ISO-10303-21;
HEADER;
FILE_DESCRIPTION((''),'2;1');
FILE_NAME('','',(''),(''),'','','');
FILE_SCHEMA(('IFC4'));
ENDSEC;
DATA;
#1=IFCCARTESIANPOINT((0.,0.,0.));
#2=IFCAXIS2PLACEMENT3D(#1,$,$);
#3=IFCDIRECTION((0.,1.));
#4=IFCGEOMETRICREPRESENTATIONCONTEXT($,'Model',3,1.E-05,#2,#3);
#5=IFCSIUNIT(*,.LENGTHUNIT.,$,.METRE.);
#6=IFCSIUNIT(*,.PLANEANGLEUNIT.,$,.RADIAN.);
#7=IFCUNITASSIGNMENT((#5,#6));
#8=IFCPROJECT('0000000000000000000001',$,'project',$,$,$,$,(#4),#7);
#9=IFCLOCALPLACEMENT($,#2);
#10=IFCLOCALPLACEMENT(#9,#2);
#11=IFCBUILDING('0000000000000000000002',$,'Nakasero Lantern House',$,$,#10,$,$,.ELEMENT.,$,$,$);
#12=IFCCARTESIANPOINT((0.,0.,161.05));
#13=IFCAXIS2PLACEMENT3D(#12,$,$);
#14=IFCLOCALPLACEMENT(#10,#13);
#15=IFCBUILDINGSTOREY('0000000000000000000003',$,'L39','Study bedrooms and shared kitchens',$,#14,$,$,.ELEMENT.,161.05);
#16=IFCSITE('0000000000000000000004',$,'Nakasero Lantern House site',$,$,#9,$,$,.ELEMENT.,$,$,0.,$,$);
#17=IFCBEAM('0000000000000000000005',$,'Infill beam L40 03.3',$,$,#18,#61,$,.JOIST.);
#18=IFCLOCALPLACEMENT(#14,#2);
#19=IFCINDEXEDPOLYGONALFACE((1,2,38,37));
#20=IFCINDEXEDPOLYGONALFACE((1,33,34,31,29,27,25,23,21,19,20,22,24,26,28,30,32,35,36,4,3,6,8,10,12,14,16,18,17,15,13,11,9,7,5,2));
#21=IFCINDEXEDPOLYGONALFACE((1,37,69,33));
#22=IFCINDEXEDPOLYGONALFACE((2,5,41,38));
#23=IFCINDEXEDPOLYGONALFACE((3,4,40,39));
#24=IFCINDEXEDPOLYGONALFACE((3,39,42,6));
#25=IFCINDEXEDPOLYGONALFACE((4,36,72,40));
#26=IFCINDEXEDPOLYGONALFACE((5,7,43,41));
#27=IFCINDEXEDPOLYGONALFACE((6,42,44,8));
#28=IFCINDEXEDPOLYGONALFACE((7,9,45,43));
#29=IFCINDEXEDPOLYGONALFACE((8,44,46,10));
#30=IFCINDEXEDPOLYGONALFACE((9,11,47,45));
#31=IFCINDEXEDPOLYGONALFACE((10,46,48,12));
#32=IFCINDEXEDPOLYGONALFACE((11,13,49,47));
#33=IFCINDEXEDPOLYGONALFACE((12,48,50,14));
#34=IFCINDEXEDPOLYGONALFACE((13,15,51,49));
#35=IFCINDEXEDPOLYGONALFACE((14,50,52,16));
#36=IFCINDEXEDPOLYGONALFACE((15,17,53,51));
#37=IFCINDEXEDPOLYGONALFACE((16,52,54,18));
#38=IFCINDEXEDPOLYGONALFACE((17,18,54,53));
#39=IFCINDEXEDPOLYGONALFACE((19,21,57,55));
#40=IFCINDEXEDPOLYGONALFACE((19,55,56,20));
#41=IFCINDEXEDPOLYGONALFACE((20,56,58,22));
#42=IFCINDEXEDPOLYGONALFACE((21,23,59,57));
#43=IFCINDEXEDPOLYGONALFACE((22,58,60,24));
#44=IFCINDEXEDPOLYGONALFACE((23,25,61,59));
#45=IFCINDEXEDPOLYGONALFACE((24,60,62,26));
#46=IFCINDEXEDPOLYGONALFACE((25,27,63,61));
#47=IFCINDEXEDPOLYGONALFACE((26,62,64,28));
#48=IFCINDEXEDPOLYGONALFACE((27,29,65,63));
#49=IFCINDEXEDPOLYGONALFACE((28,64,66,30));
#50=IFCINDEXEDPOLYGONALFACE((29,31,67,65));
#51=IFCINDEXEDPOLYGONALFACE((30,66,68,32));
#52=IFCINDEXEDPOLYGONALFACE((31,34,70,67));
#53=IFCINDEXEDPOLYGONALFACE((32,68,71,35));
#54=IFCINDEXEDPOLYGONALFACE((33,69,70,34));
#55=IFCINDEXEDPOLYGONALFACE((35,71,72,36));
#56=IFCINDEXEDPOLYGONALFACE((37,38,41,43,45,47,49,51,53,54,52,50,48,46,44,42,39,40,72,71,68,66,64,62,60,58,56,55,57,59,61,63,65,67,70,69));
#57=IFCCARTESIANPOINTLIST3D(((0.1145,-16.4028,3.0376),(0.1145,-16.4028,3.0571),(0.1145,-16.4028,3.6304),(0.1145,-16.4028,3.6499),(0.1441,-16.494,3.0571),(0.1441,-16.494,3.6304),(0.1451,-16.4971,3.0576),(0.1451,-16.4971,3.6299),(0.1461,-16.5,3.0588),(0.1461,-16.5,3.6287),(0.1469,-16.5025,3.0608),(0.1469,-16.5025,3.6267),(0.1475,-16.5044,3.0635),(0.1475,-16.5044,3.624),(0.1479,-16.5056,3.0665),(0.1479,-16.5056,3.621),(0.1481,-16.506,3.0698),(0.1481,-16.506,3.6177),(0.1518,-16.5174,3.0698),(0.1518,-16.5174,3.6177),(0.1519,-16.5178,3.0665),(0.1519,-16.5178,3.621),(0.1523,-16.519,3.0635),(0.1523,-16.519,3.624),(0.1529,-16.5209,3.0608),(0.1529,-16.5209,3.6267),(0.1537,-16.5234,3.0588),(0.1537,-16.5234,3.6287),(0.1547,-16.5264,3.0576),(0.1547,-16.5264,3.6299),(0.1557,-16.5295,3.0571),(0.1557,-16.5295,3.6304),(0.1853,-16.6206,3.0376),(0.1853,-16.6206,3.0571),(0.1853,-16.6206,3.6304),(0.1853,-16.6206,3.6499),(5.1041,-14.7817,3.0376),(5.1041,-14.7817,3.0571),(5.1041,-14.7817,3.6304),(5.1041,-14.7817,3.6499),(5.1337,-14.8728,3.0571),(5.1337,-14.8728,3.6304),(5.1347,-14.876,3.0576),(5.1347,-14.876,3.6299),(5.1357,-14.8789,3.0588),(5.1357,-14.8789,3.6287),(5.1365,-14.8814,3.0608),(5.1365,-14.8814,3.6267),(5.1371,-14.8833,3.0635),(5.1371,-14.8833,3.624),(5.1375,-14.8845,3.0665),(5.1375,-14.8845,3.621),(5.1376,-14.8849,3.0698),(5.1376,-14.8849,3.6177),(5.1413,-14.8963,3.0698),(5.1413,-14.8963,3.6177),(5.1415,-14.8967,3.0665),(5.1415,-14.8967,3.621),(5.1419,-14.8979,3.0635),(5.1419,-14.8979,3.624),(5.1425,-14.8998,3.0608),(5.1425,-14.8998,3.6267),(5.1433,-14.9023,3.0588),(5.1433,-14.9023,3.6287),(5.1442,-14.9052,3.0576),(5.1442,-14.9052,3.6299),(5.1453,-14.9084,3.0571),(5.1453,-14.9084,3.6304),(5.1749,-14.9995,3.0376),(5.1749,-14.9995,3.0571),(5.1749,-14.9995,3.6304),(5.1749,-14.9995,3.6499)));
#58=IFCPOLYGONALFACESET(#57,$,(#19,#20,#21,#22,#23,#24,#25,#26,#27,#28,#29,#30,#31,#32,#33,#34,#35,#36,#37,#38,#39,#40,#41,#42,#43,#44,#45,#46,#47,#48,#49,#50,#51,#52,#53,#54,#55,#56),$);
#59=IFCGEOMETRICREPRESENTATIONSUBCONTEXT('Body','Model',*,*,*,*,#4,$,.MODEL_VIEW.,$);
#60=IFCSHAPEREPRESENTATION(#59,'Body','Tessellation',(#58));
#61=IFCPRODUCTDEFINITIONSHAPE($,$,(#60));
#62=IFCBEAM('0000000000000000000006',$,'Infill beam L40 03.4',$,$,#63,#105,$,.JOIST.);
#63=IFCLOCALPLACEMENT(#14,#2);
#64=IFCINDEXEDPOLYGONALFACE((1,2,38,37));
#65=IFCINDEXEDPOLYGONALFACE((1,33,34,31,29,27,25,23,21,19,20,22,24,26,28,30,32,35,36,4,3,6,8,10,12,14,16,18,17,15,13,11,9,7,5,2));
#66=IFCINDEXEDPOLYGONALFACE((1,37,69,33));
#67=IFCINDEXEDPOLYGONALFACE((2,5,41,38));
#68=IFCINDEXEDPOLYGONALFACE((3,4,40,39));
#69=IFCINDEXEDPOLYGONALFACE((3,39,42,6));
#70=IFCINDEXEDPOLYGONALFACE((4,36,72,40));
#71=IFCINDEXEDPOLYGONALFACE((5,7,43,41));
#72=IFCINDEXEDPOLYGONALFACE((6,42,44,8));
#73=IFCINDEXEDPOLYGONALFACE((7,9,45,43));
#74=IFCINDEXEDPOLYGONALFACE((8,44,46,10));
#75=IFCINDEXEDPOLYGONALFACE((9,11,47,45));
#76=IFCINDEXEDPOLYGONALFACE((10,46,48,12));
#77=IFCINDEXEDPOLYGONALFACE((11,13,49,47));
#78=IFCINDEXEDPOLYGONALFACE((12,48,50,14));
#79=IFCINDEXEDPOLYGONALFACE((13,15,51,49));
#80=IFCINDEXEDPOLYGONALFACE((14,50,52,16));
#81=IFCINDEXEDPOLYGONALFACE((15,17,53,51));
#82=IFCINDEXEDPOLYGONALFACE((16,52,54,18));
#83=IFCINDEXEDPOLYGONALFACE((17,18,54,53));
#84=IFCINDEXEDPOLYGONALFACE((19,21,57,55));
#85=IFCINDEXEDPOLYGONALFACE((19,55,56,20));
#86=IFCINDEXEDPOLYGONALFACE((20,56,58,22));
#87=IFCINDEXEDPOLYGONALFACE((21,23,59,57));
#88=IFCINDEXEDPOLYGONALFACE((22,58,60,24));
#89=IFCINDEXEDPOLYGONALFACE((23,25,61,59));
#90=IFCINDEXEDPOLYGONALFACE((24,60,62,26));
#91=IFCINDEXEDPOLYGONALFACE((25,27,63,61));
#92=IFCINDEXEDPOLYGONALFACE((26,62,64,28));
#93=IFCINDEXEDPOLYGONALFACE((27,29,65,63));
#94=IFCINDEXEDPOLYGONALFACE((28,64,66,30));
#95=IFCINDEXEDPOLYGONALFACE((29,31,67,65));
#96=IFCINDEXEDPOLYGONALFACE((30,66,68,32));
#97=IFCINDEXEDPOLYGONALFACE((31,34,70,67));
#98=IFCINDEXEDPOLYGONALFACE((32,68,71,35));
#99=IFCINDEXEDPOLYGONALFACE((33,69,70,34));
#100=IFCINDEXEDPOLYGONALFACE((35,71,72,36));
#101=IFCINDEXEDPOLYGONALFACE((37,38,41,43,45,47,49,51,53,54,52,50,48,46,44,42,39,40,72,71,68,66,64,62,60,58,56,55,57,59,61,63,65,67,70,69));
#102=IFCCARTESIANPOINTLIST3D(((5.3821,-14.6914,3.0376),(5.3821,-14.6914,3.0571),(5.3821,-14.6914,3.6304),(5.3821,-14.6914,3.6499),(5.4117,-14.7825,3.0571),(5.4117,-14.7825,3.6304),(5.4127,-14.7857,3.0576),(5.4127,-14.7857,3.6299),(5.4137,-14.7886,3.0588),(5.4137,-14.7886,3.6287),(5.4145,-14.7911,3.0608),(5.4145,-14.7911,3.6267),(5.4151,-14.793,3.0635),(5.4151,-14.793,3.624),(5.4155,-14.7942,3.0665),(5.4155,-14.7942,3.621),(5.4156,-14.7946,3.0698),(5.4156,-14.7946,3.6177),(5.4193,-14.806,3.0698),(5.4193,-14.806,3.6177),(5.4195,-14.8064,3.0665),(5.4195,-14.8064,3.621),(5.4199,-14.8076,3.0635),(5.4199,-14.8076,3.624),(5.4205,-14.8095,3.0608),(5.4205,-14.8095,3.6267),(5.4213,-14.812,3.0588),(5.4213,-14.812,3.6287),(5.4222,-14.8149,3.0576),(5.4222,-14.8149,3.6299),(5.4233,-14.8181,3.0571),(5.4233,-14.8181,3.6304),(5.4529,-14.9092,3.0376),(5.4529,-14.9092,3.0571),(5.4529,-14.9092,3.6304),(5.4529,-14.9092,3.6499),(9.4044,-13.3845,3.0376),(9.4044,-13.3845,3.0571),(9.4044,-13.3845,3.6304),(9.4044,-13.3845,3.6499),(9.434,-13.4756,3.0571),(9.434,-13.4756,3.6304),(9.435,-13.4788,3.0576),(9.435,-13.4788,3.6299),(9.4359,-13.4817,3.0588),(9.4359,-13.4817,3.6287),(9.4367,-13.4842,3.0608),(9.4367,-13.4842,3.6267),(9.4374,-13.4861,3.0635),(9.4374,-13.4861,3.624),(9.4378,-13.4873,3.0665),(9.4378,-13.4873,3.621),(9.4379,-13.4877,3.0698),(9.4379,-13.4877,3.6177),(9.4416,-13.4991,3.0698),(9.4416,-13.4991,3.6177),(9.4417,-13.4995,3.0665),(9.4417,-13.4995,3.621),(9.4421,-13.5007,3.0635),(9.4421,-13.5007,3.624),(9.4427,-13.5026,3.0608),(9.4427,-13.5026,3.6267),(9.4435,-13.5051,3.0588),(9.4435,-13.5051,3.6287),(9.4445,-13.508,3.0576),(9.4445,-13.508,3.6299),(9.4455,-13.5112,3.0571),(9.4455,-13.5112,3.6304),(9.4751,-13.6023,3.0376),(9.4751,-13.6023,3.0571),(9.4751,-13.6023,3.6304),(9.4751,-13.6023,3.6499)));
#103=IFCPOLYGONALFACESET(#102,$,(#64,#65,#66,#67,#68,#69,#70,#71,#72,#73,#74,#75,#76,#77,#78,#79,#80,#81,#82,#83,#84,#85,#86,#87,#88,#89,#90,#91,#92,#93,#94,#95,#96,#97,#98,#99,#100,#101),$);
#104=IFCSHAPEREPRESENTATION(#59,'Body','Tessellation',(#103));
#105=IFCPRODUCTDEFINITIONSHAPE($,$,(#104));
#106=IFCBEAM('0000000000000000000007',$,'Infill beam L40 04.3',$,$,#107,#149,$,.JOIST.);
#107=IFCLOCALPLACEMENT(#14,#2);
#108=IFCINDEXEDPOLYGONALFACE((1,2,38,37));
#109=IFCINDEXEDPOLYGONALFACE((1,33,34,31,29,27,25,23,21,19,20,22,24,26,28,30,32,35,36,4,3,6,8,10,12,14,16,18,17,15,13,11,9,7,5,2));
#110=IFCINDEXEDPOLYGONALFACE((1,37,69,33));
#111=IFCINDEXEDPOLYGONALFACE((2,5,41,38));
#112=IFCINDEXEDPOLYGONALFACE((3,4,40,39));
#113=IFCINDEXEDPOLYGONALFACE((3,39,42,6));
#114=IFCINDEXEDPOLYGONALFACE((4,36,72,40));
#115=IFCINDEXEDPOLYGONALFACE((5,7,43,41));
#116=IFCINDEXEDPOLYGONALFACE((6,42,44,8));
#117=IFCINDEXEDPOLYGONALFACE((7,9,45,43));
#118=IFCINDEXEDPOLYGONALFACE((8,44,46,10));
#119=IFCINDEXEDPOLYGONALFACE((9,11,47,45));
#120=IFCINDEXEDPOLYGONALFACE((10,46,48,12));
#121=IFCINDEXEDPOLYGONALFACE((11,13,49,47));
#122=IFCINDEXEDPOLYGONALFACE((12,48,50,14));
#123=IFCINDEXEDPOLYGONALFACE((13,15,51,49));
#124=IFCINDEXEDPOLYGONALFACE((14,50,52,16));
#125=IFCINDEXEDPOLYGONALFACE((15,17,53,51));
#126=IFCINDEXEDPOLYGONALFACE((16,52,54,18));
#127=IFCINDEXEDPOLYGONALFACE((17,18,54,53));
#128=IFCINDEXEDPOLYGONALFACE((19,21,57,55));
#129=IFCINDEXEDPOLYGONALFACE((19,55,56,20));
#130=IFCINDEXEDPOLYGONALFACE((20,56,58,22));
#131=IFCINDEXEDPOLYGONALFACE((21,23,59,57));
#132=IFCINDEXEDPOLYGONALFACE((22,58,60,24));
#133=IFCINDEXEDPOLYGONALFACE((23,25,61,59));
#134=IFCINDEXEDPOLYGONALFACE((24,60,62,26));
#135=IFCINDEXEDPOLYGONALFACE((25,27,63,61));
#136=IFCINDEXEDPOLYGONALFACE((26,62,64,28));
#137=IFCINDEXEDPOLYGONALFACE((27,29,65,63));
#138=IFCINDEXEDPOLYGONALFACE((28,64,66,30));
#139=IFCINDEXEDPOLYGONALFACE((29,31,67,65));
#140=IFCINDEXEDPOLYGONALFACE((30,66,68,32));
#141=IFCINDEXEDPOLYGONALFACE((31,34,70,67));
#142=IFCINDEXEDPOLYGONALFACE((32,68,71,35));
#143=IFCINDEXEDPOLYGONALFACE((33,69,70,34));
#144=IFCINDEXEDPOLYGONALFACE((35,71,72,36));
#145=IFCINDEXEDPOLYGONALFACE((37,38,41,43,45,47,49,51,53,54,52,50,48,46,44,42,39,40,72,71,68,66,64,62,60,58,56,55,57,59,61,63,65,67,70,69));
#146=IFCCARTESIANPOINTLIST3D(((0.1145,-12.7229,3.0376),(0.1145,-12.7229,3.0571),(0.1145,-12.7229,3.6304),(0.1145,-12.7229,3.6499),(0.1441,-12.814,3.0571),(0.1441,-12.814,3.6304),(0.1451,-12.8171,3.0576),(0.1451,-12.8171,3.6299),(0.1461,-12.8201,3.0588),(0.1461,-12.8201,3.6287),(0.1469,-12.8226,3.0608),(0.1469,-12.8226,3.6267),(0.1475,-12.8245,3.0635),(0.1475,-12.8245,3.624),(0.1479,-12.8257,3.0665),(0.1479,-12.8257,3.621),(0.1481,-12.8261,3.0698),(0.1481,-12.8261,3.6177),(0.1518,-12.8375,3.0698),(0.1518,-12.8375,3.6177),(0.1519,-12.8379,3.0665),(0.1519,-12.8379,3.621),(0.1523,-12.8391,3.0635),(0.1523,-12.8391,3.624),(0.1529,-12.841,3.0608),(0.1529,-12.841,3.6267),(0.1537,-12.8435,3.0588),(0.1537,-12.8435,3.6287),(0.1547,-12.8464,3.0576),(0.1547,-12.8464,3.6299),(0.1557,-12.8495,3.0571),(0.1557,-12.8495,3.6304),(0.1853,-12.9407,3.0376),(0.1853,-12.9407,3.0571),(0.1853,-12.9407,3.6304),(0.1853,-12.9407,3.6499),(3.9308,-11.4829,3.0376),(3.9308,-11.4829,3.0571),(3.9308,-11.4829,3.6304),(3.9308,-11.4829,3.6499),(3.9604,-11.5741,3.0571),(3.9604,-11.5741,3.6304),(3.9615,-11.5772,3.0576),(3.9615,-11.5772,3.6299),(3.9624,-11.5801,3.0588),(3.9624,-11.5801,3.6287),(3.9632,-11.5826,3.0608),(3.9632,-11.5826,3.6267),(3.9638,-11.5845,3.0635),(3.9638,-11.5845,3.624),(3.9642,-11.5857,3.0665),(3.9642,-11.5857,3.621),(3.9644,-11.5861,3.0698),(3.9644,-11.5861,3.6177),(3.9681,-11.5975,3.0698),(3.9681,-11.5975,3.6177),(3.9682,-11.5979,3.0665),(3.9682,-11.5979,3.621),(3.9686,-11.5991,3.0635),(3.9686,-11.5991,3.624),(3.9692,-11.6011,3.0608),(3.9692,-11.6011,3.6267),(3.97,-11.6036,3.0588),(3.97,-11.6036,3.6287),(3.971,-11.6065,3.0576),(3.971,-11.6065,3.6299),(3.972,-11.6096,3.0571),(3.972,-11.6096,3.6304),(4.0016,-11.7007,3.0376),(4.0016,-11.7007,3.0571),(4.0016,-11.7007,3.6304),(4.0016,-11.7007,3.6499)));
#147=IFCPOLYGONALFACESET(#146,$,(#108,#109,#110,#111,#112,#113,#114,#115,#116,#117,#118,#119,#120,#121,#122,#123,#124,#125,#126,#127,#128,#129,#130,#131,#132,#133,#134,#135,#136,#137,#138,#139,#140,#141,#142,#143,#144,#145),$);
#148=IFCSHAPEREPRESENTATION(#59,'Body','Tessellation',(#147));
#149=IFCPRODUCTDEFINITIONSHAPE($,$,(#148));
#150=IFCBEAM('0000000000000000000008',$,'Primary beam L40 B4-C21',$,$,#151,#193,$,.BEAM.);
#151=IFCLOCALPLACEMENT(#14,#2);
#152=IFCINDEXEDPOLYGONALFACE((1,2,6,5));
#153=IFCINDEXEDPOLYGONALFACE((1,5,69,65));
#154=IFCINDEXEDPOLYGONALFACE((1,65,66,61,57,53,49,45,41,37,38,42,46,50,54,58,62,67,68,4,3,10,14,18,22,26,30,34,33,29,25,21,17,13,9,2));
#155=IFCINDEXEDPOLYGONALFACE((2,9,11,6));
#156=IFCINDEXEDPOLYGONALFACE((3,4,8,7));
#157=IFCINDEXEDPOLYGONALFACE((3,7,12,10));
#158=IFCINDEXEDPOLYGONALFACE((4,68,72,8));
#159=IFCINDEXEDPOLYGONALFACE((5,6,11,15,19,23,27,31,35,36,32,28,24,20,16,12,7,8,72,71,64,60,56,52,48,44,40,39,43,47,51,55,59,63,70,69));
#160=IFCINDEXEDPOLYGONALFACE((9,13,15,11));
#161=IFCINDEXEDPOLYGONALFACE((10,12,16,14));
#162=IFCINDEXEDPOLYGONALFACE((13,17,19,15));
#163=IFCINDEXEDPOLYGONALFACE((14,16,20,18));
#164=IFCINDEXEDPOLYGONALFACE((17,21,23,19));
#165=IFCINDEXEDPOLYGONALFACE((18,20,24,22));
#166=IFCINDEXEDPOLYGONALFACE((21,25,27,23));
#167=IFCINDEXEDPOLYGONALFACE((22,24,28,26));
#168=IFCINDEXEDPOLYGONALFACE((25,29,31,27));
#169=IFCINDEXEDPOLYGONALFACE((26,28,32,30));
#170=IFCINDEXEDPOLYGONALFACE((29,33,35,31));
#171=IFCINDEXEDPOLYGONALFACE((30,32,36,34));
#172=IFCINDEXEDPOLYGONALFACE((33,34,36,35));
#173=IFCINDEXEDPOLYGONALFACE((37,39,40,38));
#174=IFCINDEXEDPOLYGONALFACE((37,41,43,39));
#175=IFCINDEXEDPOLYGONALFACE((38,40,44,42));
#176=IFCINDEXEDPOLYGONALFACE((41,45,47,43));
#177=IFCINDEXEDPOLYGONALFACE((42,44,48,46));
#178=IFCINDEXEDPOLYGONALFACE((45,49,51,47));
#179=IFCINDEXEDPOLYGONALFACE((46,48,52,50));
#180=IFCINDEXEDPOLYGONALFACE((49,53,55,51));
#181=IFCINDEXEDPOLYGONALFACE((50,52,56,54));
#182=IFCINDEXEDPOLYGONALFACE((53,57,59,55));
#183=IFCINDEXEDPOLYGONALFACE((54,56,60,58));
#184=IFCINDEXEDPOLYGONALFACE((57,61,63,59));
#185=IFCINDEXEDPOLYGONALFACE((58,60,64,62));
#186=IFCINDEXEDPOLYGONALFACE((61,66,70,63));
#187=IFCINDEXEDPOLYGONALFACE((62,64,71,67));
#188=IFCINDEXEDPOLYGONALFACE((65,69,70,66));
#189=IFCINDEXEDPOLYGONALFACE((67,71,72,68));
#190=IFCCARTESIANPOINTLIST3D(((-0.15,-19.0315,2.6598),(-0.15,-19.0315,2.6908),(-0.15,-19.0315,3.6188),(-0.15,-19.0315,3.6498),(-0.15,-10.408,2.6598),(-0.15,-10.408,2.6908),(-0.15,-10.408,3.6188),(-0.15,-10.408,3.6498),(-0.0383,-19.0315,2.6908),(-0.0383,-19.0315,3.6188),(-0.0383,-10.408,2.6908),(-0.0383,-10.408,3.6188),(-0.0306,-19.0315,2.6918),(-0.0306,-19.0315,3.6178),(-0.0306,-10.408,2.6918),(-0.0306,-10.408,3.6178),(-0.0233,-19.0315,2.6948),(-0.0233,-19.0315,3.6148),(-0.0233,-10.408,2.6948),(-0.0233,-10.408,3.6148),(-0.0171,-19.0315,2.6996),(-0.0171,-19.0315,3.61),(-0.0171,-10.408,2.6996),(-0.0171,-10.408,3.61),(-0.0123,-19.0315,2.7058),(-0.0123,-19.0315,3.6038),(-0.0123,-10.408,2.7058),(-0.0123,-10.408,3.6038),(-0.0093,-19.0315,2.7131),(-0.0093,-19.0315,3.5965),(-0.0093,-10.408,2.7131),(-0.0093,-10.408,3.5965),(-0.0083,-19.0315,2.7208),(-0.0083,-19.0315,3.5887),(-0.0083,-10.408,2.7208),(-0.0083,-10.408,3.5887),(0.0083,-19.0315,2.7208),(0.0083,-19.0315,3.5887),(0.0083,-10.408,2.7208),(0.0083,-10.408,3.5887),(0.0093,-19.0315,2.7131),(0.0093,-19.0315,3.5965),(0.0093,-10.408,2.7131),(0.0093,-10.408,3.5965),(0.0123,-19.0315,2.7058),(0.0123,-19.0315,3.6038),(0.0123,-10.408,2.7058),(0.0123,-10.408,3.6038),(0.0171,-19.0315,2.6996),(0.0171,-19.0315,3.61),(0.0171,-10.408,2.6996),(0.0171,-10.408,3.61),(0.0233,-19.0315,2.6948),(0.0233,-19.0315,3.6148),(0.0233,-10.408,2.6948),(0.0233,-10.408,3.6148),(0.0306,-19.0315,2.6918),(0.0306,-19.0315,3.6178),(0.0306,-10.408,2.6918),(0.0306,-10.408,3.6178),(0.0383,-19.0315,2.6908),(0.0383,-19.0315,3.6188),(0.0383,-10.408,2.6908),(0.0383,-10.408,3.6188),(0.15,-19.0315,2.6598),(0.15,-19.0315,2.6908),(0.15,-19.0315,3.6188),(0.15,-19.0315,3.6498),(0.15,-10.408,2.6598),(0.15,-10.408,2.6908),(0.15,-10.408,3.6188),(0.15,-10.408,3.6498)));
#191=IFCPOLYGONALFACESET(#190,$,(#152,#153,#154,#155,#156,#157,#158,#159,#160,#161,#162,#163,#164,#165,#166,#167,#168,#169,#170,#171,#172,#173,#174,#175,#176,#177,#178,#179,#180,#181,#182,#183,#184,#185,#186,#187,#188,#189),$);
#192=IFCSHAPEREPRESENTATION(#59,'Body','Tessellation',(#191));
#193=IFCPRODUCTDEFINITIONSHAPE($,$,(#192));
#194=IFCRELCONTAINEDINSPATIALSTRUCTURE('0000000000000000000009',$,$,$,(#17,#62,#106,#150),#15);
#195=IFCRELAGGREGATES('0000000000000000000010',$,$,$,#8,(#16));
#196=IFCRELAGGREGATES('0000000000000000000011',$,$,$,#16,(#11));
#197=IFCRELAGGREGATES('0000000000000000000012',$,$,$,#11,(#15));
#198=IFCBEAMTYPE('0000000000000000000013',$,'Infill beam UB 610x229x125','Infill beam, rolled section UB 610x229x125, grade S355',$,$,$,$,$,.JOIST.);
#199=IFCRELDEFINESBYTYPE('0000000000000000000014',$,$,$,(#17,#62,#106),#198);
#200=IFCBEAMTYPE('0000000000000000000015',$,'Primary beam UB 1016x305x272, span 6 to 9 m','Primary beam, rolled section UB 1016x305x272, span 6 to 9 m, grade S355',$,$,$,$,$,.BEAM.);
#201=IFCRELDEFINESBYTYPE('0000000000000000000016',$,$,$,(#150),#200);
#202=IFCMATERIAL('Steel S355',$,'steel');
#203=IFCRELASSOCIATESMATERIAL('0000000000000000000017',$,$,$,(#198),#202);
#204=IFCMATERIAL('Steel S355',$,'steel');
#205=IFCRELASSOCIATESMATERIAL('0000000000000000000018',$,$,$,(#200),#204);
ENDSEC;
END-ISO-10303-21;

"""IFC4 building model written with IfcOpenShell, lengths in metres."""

from ifc_helpers import new_model, si_unit, direction, frame, origin, origin_2d, place, context, subcontext, project, spatial, i_section, extrude, material, material_profile, profile_set, type_object, element, save


model = new_model("IFC4")

# Units and contexts
model_context = context("Model", 3, precision=1e-05, world=origin(), true_north=direction((0.0, 1.0)))
body_context = subcontext(model_context, "Body", "Model", "MODEL_VIEW")
ifc_project = project(units=[si_unit("LENGTHUNIT", "METRE"), si_unit("PLANEANGLEUNIT", "RADIAN")], contexts=[model_context])

# Site, building, storey
site_placement = place(None, origin())
site = spatial("IfcSite", under=ifc_project, at=site_placement, Name="Nakasero Lantern House site", CompositionType="ELEMENT", RefElevation=0.0)
building_placement = place(site_placement, origin())
building = spatial("IfcBuilding", under=site, at=building_placement, Name="Nakasero Lantern House", CompositionType="ELEMENT")
storey_placement = place(building_placement, frame((0.0, 0.0, 161.05)))
storey = spatial("IfcBuildingStorey", under=building, at=storey_placement, Name="L39", Description="Study bedrooms and shared kitchens", CompositionType="ELEMENT", Elevation=161.05)

# Beams
ifc_material_1 = material(Name="Steel S355", Category="steel")
ifc_material_profile_1 = material_profile(ifc_material_1, i_section(OverallWidth=0.229, OverallDepth=0.6123, WebThickness=0.012, FlangeThickness=0.0195, FilletRadius=0.0127, at=origin_2d()), Name="UB 610x229x125")
ifc_profile_set_1 = profile_set([ifc_material_profile_1], Name="Steel S355")
beam_type_1 = type_object("IfcBeamType", Name="Infill beam UB 610x229x125", Description="Infill beam, rolled section UB 610x229x125, grade S355", PredefinedType="JOIST", material=ifc_profile_set_1)
beam_1_placement = place(storey_placement, frame((0.1499, -16.5117, 3.3438), z_axis=(0.951062, 0.309001, 0.0), x_axis=(-0.309001, 0.951062, 0.0)))
element("IfcBeam", 1, at=beam_1_placement, inside=storey, type_object=beam_type_1, Name="Infill beam L40 03.3", PredefinedType="JOIST", context=body_context, shape_type="SweptSolid", body=[
    extrude(i_section(OverallWidth=0.229, OverallDepth=0.6123, WebThickness=0.012, FlangeThickness=0.0195, FilletRadius=0.0127, at=origin_2d()), origin(), (0.0, 0.0, 1.0), 5.2463),
])
beam_2_placement = place(storey_placement, frame((5.4175, -14.8003, 3.3438), z_axis=(0.951057, 0.309014, 0.0), x_axis=(-0.309014, 0.951057, 0.0)))
element("IfcBeam", 2, at=beam_2_placement, inside=storey, type_object=beam_type_1, Name="Infill beam L40 03.4", PredefinedType="JOIST", context=body_context, shape_type="SweptSolid", body=[
    extrude(i_section(OverallWidth=0.229, OverallDepth=0.6123, WebThickness=0.012, FlangeThickness=0.0195, FilletRadius=0.0127, at=origin_2d()), origin(), (0.0, 0.0, 1.0), 4.2292),
])
beam_3_placement = place(storey_placement, frame((0.1499, -12.8318, 3.3438), z_axis=(0.951059, 0.309009, 0.0), x_axis=(-0.309009, 0.951059, 0.0)))
element("IfcBeam", 3, at=beam_3_placement, inside=storey, type_object=beam_type_1, Name="Infill beam L40 04.3", PredefinedType="JOIST", context=body_context, shape_type="SweptSolid", body=[
    extrude(i_section(OverallWidth=0.229, OverallDepth=0.6123, WebThickness=0.012, FlangeThickness=0.0195, FilletRadius=0.0127, at=origin_2d()), origin(), (0.0, 0.0, 1.0), 4.0127),
])
ifc_material_2 = material(Name="Steel S355", Category="steel")
ifc_material_profile_2 = material_profile(ifc_material_2, i_section(OverallWidth=0.3, OverallDepth=0.99, WebThickness=0.0166, FlangeThickness=0.031, FilletRadius=0.03, at=origin_2d()), Name="UB 1016x305x272")
ifc_profile_set_2 = profile_set([ifc_material_profile_2], Name="Steel S355")
beam_type_2 = type_object("IfcBeamType", Name="Primary beam UB 1016x305x272, span 6 to 9 m", Description="Primary beam, rolled section UB 1016x305x272, span 6 to 9 m, grade S355", PredefinedType="BEAM", material=ifc_profile_set_2)
beam_4_placement = place(storey_placement, frame((0.0, -19.0315, 3.1548), z_axis=(0.0, 1.0, 0.0), x_axis=(-1.0, 0.0, 0.0)))
element("IfcBeam", 4, at=beam_4_placement, inside=storey, type_object=beam_type_2, Name="Primary beam L40 B4-C21", PredefinedType="BEAM", context=body_context, shape_type="SweptSolid", body=[
    extrude(i_section(OverallWidth=0.3, OverallDepth=0.99, WebThickness=0.0166, FlangeThickness=0.031, FilletRadius=0.03, at=origin_2d()), origin(), (0.0, 0.0, 1.0), 8.6235),
])

save(model, "model.ifc")
